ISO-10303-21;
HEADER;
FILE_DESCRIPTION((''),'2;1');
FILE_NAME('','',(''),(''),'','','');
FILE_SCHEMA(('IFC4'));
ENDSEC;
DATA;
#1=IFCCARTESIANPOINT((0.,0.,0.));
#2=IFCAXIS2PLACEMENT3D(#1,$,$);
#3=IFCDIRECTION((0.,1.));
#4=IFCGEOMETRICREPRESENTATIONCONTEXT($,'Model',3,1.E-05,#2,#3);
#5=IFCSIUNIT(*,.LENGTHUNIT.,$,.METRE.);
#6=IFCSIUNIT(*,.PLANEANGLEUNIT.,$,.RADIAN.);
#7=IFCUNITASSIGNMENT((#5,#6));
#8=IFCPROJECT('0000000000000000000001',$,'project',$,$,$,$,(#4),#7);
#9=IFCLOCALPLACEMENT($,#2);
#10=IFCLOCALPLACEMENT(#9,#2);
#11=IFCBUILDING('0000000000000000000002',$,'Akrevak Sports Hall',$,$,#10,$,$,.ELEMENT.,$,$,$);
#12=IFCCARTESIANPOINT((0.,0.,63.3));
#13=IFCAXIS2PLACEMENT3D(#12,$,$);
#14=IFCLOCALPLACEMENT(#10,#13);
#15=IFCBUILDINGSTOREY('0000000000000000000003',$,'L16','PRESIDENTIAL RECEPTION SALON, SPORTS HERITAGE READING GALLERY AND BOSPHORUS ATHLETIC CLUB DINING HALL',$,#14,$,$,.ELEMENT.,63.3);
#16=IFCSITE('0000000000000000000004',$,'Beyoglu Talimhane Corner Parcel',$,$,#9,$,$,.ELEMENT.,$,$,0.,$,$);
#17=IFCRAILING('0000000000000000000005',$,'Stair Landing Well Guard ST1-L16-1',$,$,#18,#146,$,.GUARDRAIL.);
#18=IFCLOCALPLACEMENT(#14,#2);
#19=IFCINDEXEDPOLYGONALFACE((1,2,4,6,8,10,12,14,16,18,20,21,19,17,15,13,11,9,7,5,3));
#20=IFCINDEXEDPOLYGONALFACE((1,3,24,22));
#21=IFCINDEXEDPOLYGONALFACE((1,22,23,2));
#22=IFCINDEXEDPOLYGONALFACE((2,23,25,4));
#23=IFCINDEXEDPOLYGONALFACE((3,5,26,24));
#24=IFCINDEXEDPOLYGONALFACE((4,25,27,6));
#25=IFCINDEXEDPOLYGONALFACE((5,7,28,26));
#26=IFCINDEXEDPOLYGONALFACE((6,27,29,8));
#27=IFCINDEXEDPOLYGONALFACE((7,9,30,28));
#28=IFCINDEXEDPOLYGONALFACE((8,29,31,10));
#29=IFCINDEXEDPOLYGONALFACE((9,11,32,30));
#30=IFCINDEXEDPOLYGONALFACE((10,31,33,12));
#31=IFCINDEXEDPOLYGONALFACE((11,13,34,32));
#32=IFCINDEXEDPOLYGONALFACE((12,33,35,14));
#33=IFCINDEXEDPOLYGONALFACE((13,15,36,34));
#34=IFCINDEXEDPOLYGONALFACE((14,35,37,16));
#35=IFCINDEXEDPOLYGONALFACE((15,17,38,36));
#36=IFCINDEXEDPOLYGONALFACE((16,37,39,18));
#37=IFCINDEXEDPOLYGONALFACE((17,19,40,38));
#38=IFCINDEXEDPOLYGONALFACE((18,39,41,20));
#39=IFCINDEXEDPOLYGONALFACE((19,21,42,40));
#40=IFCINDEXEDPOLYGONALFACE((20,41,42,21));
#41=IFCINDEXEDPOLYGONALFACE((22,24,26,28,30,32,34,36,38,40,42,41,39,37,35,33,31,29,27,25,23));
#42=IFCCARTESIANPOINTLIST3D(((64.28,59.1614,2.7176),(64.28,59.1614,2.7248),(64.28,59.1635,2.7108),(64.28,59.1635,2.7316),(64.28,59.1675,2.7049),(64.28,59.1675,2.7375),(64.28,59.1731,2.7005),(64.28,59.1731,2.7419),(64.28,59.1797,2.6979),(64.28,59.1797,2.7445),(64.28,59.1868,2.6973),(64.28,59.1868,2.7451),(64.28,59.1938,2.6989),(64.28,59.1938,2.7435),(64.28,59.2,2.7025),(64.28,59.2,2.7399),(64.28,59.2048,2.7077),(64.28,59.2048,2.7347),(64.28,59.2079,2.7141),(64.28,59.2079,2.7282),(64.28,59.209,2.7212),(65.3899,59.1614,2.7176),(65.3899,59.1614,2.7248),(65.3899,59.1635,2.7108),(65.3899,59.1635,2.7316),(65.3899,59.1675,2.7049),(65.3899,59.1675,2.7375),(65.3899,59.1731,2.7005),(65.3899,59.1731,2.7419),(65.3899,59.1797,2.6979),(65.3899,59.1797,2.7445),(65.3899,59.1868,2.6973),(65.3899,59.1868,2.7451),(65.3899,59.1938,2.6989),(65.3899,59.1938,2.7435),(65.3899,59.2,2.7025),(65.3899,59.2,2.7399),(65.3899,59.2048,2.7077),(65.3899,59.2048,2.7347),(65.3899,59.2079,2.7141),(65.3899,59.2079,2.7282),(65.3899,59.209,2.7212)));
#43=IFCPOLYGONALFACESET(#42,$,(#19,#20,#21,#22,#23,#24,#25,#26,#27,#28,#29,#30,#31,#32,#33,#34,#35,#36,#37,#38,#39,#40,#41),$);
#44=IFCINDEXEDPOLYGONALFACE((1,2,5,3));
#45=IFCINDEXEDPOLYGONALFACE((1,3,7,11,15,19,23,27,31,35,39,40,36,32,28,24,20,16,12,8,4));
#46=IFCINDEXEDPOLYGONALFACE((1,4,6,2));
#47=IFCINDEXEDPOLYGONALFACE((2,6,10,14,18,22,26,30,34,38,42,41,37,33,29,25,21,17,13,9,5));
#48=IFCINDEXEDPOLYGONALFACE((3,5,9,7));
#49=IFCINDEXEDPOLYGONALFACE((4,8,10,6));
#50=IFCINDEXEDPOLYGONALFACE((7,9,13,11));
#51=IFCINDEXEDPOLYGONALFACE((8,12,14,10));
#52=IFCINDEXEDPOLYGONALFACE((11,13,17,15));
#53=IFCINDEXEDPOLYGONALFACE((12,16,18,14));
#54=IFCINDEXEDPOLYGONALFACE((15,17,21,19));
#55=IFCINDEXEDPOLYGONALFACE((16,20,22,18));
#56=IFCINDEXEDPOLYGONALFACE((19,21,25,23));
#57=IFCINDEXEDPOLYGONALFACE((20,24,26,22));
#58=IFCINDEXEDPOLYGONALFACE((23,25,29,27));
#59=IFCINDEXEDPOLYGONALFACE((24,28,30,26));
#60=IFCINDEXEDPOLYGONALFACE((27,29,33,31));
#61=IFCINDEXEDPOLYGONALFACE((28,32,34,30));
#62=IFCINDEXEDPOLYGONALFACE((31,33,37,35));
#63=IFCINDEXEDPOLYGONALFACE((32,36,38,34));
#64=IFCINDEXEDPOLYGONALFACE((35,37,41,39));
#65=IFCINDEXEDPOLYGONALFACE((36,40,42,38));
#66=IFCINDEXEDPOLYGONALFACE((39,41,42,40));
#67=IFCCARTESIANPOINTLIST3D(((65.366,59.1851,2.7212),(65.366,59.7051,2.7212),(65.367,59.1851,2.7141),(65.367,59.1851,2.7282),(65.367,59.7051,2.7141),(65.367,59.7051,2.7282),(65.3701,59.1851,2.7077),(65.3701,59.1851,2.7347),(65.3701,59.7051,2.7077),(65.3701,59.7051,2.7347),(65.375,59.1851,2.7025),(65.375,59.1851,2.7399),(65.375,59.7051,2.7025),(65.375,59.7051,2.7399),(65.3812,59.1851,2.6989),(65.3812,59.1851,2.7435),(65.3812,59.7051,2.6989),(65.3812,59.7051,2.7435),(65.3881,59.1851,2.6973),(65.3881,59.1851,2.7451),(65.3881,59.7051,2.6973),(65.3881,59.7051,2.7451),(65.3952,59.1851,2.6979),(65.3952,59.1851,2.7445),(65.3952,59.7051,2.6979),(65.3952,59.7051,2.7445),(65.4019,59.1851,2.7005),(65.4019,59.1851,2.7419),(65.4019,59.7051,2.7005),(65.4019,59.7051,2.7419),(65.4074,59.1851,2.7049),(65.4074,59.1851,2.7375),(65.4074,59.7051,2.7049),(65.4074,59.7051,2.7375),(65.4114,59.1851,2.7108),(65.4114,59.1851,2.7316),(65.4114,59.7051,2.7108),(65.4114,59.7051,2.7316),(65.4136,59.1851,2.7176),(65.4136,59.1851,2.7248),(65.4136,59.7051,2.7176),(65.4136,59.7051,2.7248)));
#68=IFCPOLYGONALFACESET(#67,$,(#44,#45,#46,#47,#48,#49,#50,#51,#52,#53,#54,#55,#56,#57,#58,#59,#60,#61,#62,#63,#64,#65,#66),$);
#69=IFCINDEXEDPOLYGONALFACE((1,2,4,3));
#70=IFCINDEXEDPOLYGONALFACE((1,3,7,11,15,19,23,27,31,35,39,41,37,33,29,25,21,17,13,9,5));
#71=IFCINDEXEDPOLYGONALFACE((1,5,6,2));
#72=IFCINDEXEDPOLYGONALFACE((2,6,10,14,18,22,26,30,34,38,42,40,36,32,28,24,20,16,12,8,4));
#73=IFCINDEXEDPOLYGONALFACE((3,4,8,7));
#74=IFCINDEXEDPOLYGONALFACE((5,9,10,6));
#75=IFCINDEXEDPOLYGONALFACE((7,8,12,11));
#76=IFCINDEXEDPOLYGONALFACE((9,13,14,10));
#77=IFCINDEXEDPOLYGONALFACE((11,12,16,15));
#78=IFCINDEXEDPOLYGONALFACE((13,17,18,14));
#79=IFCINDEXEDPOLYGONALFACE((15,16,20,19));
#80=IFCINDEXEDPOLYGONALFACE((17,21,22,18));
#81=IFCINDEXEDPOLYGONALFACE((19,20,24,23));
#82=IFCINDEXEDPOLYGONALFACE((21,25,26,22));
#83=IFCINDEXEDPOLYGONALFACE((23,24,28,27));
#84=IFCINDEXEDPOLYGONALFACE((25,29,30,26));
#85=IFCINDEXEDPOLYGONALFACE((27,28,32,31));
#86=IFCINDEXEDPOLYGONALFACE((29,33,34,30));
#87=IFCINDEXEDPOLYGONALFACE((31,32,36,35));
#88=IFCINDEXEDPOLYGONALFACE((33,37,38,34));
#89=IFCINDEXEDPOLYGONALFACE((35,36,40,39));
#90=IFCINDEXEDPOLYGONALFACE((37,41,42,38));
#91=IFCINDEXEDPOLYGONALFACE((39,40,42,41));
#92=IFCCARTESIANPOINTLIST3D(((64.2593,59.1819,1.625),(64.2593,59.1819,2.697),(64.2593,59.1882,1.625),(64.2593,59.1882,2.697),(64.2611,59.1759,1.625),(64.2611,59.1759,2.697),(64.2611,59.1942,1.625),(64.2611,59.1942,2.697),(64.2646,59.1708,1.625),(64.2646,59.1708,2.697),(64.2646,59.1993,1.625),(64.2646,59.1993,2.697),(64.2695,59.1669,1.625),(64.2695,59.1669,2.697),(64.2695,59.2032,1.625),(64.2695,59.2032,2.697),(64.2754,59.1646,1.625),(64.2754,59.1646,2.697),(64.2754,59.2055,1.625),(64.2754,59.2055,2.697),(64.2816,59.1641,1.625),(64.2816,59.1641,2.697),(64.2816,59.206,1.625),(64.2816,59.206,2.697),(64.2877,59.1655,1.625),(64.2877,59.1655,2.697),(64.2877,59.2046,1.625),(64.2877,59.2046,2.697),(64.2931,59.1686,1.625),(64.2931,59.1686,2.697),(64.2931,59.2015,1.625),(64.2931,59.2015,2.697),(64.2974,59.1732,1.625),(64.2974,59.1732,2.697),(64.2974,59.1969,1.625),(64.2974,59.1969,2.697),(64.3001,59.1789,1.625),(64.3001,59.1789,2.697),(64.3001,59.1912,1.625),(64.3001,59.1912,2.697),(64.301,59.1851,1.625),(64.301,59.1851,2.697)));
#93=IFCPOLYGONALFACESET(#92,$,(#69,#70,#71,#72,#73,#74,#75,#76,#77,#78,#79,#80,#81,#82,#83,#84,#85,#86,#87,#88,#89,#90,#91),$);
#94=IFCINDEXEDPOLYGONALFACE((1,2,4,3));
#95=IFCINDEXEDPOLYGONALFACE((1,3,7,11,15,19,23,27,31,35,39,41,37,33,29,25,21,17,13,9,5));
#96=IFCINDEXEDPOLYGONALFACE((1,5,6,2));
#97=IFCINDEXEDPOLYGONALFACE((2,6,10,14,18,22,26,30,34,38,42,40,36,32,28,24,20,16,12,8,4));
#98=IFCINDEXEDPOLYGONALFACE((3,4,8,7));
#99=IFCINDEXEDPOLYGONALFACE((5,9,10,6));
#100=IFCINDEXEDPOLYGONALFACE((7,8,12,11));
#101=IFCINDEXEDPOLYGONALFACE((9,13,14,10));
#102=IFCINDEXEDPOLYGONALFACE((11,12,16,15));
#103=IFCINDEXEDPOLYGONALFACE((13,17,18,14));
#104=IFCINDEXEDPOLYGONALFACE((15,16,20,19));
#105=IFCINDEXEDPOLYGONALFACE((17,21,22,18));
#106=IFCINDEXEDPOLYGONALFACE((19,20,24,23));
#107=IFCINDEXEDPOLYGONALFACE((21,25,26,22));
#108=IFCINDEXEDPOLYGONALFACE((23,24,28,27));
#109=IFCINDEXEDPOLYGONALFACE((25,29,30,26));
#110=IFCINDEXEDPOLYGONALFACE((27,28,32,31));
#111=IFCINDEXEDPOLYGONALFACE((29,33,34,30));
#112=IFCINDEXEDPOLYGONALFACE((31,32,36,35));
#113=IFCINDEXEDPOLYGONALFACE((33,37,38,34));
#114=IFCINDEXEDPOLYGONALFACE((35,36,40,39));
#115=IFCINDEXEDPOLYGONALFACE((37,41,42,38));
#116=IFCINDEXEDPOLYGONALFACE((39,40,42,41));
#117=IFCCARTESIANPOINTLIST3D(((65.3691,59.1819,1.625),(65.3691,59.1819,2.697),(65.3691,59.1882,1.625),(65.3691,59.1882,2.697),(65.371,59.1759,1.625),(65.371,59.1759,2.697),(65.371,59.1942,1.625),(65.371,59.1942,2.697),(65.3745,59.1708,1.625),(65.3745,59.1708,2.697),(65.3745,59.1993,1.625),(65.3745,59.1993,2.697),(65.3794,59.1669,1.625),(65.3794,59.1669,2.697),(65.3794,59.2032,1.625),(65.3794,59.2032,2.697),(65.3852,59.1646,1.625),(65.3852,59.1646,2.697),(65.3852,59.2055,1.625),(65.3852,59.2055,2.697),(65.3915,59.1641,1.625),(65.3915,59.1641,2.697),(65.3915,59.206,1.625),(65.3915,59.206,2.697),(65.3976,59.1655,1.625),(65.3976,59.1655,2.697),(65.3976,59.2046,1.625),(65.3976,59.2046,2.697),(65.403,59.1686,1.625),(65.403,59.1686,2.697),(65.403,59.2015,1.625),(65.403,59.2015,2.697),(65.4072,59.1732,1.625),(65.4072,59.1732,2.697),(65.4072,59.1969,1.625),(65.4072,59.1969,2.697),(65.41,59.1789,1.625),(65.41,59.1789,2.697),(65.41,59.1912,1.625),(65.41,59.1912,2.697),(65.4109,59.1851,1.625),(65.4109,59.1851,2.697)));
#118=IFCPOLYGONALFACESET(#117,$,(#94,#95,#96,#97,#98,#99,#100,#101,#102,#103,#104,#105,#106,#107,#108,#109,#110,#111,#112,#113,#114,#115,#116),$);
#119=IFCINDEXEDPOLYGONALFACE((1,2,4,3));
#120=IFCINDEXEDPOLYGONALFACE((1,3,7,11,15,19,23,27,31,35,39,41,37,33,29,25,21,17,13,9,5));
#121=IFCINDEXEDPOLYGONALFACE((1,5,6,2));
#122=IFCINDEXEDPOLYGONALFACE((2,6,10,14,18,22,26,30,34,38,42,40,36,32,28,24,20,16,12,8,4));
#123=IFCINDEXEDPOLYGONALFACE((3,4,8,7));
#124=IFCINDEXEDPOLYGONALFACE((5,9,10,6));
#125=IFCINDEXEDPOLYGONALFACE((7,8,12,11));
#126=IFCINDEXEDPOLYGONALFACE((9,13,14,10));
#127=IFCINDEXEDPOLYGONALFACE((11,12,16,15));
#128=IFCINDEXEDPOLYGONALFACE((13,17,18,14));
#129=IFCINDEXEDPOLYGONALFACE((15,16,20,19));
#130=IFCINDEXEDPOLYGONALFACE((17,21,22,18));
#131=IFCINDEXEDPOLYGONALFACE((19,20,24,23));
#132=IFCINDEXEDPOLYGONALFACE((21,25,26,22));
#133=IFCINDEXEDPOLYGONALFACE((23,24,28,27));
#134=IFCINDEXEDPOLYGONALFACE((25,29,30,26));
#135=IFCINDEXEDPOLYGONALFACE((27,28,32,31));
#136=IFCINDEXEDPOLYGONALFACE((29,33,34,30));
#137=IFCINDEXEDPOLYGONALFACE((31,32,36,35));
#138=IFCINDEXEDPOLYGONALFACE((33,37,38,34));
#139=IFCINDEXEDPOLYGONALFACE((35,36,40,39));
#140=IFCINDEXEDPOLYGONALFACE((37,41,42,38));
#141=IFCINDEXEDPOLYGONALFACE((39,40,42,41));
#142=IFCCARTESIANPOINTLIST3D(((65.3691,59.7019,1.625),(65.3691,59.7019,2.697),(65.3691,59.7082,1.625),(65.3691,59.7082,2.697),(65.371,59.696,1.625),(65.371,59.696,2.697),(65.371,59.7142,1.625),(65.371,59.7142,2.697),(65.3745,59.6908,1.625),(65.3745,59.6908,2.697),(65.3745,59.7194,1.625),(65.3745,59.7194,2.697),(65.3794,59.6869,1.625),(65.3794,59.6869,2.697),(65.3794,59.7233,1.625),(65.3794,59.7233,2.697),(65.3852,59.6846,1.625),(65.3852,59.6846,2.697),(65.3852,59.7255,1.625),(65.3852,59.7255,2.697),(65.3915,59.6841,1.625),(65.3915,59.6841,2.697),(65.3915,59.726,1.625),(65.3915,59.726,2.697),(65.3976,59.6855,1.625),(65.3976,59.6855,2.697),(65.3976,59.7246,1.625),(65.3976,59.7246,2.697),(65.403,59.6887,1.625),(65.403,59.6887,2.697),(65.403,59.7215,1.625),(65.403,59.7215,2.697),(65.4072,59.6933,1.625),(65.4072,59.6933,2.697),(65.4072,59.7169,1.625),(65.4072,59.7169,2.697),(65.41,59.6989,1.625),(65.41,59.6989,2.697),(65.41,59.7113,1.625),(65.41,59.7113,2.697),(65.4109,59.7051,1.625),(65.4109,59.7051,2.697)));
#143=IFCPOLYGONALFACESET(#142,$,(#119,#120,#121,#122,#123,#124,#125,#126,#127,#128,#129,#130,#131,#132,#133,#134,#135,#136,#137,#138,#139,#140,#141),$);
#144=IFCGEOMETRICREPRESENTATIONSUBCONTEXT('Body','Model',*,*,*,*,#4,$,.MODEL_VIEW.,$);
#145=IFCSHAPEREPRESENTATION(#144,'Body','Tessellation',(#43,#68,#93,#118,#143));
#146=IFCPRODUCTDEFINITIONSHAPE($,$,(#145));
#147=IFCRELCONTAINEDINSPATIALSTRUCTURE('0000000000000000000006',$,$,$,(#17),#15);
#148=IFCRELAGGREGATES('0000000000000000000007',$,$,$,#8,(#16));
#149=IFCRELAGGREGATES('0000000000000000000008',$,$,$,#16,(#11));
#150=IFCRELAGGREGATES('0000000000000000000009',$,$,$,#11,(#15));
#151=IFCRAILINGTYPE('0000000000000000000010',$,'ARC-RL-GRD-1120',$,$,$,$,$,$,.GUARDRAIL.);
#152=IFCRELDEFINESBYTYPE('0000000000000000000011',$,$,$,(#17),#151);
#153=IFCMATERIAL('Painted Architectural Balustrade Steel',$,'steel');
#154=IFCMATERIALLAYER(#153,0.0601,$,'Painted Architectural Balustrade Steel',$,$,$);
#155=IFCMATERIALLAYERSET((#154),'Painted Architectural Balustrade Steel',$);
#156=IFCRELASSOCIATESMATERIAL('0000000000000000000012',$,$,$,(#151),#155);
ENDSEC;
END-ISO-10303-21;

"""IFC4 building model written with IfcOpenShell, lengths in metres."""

from ifc_helpers import new_model, si_unit, direction, frame, origin, origin_2d, place, context, subcontext, project, spatial, circle, extrude, material, layer, layer_set, type_object, element, save


model = new_model("IFC4")

# Units and contexts
model_context = context("Model", 3, precision=1e-05, world=origin(), true_north=direction((0.0, 1.0)))
body_context = subcontext(model_context, "Body", "Model", "MODEL_VIEW")
ifc_project = project(units=[si_unit("LENGTHUNIT", "METRE"), si_unit("PLANEANGLEUNIT", "RADIAN")], contexts=[model_context])

# Site, building, storey
site_placement = place(None, origin())
site = spatial("IfcSite", under=ifc_project, at=site_placement, Name="Beyoglu Talimhane Corner Parcel", CompositionType="ELEMENT", RefElevation=0.0)
building_placement = place(site_placement, origin())
building = spatial("IfcBuilding", under=site, at=building_placement, Name="Akrevak Sports Hall", CompositionType="ELEMENT")
storey_placement = place(building_placement, frame((0.0, 0.0, 63.3)))
storey = spatial("IfcBuildingStorey", under=building, at=storey_placement, Name="L16", Description="PRESIDENTIAL RECEPTION SALON, SPORTS HERITAGE READING GALLERY AND BOSPHORUS ATHLETIC CLUB DINING HALL", CompositionType="ELEMENT", Elevation=63.3)

# Railing
ifc_material_1 = material(Name="Painted Architectural Balustrade Steel", Category="steel")
ifc_layer_1 = layer(ifc_material_1, 0.0601, Name="Painted Architectural Balustrade Steel")
ifc_layer_set_1 = layer_set([ifc_layer_1], Name="Painted Architectural Balustrade Steel")
railing_type_1 = type_object("IfcRailingType", Name="ARC-RL-GRD-1120", PredefinedType="GUARDRAIL", material=ifc_layer_set_1)
railing_1_placement = place(storey_placement, frame((64.28, 59.1851, 1.625)))
element("IfcRailing", 1, at=railing_1_placement, inside=storey, type_object=railing_type_1, Name="Stair Landing Well Guard ST1-L16-1", PredefinedType="GUARDRAIL", context=body_context, shape_type="SweptSolid", body=[
    extrude(circle(Radius=0.0239, at=origin_2d()), frame((0.0, 0.0, 1.0962), z_axis=(1.0, 0.0, 0.0), x_axis=(0.0, 1.0, 0.0)), (0.0, 0.0, 1.0), 1.1099),
    extrude(circle(Radius=0.0239, at=origin_2d()), frame((1.1099, 0.0, 1.0962), z_axis=(0.0, 1.0, 0.0), x_axis=(-1.0, 0.0, 0.0)), (0.0, 0.0, 1.0), 0.52),
    extrude(circle(Radius=0.021, at=origin_2d()), origin(), (0.0, 0.0, 1.0), 1.072),
    extrude(circle(Radius=0.021, at=origin_2d()), frame((1.1099, 0.0, 0.0)), (0.0, 0.0, 1.0), 1.072),
    extrude(circle(Radius=0.021, at=origin_2d()), frame((1.1099, 0.52, 0.0)), (0.0, 0.0, 1.0), 1.072),
])

save(model, "model.ifc")
